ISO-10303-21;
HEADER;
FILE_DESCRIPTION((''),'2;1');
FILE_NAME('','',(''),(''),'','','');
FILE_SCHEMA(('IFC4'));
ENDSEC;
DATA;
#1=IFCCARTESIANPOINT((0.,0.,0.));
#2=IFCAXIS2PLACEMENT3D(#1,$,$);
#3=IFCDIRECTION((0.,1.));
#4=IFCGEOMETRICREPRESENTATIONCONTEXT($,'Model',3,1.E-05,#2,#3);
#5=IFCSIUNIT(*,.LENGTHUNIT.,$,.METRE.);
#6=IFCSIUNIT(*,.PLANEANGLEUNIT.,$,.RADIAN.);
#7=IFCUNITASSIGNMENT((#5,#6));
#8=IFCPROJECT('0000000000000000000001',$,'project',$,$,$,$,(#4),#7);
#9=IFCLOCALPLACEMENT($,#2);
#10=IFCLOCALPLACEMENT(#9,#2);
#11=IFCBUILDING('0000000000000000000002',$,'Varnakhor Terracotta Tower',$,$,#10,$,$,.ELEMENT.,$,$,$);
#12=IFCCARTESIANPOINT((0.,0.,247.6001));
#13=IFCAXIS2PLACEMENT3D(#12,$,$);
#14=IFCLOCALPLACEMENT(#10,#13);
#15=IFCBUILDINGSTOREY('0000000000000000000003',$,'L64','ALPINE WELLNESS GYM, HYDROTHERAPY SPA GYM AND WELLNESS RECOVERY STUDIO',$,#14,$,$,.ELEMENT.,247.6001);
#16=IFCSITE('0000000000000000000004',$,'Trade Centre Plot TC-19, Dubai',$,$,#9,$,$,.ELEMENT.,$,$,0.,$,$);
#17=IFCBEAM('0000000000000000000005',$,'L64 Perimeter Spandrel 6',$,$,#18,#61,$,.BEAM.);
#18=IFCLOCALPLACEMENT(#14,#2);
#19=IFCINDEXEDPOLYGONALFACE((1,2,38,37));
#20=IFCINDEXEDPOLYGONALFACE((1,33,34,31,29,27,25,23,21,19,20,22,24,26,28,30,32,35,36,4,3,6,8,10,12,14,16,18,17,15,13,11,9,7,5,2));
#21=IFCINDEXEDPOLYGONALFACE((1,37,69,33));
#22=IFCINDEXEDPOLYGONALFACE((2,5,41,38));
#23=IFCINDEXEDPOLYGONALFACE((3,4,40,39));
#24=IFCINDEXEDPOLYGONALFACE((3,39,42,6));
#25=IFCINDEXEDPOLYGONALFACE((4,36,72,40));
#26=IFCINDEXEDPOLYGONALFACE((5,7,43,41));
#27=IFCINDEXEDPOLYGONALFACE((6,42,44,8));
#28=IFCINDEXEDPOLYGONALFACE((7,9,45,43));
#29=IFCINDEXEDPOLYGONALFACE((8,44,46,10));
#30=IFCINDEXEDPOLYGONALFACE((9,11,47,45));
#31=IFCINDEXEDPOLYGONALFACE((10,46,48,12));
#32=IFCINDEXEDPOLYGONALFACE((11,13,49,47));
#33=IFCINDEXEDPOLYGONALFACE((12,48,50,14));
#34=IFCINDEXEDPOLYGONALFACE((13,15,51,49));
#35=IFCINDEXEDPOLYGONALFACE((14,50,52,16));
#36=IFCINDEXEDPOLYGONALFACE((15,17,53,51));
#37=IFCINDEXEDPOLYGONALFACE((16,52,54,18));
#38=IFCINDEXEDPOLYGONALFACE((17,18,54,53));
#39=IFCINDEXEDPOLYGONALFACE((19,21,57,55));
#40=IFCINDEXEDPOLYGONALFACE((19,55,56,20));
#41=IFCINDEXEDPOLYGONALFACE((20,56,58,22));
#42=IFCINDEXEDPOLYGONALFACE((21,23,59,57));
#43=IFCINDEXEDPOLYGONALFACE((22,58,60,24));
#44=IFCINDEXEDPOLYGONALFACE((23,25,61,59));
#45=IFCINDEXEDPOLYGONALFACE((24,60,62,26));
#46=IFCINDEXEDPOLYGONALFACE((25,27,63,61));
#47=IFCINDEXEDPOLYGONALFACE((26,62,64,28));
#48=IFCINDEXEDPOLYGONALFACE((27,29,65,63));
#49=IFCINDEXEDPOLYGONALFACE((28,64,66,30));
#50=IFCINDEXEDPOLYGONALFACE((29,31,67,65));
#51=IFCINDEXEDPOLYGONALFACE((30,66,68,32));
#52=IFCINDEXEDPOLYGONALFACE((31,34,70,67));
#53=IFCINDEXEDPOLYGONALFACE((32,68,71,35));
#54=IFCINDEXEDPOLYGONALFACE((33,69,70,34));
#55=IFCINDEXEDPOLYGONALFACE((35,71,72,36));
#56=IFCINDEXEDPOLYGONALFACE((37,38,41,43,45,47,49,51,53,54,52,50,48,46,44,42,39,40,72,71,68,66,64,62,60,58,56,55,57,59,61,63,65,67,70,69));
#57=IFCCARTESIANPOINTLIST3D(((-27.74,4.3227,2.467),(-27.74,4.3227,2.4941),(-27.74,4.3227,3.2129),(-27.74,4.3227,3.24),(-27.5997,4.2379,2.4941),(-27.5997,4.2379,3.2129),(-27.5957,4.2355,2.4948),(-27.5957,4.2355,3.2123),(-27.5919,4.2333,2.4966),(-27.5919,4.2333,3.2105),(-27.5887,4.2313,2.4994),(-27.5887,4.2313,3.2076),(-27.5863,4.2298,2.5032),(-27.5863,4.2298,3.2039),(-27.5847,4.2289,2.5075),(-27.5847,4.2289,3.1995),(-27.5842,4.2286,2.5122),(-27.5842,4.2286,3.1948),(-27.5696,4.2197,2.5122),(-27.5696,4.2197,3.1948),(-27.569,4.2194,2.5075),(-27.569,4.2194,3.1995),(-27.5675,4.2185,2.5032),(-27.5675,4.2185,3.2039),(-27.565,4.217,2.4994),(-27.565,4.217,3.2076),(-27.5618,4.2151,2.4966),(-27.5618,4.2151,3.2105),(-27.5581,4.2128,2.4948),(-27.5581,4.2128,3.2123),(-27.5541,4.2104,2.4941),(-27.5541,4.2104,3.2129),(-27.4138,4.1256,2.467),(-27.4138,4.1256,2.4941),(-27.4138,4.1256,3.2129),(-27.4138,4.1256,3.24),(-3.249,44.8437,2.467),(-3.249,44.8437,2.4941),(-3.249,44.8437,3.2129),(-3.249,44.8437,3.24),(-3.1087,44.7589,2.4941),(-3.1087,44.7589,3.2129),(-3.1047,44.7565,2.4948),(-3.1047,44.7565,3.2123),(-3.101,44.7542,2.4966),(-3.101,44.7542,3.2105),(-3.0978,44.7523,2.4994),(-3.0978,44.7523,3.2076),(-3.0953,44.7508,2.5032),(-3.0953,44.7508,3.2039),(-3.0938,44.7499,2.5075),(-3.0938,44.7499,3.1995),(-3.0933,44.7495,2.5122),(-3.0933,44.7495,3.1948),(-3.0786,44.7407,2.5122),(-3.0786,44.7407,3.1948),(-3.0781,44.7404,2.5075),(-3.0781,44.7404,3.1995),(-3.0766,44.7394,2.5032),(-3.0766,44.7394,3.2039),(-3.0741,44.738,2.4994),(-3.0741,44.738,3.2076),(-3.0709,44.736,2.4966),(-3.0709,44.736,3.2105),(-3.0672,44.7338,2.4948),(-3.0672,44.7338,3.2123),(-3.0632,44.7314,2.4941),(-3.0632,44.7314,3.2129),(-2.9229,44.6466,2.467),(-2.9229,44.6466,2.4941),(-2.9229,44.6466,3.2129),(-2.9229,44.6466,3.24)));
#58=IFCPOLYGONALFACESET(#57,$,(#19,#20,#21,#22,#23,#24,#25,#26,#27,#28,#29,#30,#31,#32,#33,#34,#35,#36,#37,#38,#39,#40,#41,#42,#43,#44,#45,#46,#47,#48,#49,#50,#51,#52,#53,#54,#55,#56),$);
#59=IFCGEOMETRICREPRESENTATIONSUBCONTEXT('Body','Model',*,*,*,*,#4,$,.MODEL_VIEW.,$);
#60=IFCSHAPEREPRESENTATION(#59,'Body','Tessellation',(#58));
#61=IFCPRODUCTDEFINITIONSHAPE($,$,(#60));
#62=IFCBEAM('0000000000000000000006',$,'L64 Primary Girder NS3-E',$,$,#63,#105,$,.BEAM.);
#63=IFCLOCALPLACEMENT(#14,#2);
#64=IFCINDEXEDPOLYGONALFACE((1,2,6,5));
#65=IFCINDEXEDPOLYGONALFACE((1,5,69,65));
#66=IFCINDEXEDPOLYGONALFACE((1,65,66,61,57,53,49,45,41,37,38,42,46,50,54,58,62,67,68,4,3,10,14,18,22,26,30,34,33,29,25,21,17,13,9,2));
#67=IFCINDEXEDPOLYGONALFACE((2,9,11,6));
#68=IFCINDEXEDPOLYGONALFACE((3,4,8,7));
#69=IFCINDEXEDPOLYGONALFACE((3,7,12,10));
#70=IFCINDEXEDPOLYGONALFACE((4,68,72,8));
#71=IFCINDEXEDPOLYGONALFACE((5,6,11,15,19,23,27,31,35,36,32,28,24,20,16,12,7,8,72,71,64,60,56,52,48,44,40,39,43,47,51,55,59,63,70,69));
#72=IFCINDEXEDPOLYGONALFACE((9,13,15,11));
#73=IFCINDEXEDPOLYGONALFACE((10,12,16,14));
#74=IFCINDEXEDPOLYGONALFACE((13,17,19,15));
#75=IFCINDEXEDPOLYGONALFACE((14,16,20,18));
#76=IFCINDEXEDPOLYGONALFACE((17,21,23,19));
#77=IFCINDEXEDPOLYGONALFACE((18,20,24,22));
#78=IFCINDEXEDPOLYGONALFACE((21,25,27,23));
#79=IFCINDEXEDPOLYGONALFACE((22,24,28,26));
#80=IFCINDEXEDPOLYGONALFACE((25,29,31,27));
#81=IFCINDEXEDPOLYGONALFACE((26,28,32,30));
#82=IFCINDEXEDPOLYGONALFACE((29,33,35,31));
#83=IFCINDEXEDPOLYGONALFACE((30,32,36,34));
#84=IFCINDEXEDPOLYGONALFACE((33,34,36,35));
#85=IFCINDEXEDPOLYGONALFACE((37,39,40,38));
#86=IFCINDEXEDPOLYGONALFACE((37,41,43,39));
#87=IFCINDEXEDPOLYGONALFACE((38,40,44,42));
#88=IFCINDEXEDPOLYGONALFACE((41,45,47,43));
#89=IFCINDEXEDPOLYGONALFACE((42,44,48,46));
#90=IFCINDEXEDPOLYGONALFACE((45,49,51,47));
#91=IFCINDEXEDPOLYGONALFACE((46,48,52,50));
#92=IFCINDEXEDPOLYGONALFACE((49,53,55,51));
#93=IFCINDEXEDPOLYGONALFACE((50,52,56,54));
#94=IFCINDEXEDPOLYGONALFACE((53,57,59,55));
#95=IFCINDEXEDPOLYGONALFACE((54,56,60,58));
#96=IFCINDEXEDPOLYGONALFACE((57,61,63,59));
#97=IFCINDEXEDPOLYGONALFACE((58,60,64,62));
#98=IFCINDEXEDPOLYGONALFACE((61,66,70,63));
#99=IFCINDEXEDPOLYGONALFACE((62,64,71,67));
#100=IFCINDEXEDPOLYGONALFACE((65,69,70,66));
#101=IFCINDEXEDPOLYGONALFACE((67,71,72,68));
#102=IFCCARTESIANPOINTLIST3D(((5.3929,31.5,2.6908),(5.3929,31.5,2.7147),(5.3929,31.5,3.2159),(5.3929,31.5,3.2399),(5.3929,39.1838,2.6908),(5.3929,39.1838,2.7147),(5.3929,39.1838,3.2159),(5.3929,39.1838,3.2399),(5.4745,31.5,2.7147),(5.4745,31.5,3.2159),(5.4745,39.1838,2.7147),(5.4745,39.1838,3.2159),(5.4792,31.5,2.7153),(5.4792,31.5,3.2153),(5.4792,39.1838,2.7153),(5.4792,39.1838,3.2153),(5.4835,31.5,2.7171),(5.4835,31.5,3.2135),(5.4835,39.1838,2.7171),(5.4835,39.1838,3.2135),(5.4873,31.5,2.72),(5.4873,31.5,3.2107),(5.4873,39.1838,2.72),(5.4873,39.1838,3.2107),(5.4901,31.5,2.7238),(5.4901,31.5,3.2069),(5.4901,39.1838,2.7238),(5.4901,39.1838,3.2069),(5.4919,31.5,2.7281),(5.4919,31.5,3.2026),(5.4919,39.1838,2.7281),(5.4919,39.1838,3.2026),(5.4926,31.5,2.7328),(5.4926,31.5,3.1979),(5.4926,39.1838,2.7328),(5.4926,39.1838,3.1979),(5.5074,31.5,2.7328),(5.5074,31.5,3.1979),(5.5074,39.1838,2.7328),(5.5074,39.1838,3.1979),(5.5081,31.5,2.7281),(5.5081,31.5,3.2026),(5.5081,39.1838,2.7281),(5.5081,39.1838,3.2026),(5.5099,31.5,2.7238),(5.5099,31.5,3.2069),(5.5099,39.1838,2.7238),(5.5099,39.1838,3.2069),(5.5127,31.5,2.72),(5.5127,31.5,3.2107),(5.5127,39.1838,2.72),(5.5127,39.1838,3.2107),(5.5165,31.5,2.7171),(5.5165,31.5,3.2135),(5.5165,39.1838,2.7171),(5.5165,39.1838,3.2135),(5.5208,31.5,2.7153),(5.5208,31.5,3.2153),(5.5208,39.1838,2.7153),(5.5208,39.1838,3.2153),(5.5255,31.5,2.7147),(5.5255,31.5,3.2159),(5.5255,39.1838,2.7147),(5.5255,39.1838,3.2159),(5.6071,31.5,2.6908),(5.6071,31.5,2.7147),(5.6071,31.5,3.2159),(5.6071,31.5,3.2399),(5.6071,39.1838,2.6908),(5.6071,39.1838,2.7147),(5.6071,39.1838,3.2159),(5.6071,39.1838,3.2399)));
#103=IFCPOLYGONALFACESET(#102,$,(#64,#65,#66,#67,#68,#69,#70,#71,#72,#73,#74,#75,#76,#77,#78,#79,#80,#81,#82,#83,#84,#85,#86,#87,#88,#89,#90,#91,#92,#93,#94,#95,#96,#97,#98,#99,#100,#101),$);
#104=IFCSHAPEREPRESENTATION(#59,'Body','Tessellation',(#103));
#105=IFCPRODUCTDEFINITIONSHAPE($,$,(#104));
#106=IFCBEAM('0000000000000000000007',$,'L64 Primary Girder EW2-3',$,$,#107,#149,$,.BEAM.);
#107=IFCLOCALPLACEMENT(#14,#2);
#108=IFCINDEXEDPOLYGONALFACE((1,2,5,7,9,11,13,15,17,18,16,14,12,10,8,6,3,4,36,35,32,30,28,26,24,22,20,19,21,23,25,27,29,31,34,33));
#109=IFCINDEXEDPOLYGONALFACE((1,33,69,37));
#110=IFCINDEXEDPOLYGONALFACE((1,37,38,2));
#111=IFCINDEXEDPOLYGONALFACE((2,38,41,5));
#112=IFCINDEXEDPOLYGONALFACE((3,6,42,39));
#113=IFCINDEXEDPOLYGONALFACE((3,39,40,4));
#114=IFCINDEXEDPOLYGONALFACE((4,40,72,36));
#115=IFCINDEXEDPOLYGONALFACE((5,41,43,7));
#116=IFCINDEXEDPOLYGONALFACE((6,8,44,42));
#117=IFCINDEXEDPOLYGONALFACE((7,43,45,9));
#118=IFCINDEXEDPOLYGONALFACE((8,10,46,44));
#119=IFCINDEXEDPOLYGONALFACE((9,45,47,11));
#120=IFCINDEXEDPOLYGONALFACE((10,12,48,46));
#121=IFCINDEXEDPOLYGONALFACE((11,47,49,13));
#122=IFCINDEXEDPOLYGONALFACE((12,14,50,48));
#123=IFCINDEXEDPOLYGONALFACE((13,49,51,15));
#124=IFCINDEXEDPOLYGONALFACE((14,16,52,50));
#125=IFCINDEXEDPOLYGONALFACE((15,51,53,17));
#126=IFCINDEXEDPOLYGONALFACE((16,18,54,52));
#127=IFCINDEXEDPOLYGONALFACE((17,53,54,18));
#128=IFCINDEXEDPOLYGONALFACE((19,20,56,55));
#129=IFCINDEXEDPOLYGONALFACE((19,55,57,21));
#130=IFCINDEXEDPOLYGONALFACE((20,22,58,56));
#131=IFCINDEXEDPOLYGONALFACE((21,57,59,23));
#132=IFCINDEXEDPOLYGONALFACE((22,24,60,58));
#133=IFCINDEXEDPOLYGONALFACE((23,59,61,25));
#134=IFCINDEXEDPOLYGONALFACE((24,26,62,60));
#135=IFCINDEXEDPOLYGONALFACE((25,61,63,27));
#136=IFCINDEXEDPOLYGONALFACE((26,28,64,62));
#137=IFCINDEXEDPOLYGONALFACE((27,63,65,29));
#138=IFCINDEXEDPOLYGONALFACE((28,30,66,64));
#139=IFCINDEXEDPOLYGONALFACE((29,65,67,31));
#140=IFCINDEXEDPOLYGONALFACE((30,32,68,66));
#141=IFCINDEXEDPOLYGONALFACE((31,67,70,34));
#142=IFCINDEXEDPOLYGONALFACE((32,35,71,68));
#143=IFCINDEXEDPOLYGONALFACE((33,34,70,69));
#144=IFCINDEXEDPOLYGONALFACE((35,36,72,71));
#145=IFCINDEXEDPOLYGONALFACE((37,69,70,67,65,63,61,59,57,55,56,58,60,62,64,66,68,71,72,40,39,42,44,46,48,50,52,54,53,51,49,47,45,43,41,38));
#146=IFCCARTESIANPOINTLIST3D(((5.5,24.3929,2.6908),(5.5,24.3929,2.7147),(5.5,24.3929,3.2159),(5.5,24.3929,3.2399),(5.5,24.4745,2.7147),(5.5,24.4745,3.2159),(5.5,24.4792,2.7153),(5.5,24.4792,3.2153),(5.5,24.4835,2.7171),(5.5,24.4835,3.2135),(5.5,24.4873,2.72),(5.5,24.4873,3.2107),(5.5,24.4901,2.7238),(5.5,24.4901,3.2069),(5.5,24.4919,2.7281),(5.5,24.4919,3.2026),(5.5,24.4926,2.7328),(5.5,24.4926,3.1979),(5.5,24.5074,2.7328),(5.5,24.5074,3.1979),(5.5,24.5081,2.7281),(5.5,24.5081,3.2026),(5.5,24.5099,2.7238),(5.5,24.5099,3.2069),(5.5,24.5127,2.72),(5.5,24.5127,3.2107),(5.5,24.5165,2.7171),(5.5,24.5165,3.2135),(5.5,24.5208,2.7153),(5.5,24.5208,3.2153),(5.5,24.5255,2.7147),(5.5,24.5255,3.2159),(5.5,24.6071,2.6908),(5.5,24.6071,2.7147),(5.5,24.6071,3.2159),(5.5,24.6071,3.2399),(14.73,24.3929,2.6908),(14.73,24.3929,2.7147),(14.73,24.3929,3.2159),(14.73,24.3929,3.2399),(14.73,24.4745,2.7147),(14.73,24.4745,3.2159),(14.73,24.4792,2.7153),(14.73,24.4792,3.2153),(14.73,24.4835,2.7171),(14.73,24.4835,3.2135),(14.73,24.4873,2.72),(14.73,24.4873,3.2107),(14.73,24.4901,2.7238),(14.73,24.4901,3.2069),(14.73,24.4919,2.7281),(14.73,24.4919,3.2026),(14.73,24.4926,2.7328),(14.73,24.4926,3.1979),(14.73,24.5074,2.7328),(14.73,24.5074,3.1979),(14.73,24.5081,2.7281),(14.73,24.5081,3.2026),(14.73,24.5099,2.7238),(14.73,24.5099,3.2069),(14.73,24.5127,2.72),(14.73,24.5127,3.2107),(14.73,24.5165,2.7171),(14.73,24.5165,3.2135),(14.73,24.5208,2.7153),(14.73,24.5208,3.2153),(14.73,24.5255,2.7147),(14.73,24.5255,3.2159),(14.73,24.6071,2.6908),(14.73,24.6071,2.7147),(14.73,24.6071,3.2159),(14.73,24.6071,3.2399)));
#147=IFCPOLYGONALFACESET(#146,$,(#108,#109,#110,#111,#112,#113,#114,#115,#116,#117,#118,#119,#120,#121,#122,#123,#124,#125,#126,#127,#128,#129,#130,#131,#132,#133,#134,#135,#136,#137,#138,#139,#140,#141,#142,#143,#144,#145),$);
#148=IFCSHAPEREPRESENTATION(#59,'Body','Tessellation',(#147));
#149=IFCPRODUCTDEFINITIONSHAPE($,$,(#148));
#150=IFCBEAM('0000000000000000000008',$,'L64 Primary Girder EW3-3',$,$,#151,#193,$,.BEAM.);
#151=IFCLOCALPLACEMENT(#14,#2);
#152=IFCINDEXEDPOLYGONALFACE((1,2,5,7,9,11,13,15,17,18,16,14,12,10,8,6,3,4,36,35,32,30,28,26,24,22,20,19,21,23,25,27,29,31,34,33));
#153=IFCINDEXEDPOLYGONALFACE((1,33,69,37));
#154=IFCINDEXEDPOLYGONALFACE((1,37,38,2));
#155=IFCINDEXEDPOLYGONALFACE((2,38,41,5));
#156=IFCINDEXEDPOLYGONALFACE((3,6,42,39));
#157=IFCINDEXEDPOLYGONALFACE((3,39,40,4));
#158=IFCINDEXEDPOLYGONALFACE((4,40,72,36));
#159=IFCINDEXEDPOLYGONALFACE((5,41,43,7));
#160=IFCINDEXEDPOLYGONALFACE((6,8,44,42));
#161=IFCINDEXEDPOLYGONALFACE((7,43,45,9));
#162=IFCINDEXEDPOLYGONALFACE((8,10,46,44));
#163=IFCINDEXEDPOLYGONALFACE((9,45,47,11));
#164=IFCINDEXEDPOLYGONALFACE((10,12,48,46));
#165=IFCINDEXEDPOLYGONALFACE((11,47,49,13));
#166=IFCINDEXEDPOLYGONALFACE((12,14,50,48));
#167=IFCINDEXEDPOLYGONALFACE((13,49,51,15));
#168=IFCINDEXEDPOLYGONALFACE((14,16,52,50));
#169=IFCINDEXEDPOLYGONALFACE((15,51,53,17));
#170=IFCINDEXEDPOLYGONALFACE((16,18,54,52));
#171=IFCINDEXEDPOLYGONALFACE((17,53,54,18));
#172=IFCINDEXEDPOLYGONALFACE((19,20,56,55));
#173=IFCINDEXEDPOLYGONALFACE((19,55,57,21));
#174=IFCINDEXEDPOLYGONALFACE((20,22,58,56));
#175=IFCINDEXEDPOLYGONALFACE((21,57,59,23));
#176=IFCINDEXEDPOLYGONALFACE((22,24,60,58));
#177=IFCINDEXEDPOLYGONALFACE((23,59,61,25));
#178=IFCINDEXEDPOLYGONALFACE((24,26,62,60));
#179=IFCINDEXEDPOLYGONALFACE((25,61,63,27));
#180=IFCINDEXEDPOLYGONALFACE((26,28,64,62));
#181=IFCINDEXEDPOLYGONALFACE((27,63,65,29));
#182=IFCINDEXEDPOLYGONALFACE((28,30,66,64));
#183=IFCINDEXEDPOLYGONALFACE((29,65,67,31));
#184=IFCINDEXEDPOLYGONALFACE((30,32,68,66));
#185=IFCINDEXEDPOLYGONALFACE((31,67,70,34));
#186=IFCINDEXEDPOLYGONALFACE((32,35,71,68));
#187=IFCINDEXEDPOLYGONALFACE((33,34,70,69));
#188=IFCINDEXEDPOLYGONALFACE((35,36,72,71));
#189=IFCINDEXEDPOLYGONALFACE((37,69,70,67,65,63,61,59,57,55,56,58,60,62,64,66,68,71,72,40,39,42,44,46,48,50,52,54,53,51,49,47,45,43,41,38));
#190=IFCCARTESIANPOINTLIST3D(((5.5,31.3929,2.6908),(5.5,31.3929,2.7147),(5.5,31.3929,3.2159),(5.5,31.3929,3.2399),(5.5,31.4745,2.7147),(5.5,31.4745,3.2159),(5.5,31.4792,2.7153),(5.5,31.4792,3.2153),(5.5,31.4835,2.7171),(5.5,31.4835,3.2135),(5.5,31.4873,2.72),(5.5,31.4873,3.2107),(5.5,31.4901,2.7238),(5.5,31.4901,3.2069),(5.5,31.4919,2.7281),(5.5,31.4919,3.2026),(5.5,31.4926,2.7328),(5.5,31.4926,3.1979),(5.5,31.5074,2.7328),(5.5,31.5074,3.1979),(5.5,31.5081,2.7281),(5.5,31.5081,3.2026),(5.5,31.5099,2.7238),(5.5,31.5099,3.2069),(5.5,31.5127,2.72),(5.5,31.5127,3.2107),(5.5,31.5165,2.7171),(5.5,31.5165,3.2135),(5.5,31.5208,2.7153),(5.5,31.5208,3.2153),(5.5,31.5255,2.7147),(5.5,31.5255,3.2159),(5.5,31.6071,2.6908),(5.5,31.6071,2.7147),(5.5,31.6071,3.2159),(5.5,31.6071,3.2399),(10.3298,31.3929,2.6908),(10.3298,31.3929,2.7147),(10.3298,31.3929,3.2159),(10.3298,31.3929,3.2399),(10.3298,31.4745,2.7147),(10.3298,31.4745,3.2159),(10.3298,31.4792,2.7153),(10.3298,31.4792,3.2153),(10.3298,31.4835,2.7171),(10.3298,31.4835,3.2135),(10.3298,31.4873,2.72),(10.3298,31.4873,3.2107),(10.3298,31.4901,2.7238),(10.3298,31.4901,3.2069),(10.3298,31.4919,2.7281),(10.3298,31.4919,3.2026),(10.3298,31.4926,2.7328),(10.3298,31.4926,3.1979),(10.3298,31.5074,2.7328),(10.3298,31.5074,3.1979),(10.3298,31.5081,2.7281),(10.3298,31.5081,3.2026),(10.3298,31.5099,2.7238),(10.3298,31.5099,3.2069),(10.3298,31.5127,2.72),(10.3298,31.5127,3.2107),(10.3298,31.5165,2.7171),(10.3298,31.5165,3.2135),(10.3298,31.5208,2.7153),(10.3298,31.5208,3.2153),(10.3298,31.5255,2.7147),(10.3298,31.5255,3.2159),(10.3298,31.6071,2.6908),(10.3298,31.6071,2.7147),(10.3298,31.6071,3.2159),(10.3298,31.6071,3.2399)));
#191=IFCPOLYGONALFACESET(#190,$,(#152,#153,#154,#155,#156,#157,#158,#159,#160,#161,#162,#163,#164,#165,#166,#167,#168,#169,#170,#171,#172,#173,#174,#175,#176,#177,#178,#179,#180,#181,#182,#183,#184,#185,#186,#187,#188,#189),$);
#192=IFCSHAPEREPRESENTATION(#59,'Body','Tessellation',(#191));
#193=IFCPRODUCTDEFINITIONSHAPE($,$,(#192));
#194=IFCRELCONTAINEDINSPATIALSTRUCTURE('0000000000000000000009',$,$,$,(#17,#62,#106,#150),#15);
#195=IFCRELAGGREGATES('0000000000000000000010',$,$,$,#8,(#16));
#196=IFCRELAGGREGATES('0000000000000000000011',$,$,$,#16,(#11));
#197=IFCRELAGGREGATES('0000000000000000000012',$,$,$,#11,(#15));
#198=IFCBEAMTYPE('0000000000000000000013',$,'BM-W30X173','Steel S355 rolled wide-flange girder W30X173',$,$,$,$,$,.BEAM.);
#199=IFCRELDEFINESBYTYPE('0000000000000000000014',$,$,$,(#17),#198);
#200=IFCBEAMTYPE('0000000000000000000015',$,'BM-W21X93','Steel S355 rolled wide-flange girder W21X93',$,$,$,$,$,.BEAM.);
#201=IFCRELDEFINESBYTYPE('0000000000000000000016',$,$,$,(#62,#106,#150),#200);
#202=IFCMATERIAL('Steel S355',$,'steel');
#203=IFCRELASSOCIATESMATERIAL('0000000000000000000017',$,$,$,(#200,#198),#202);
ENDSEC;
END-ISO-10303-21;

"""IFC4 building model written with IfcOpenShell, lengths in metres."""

from ifc_helpers import new_model, si_unit, direction, frame, origin, origin_2d, place, context, subcontext, project, spatial, i_section, extrude, source, transform, mapped, material, material_profile, profile_set, type_object, element, save


model = new_model("IFC4")

# Units and contexts
model_context = context("Model", 3, precision=1e-05, world=origin(), true_north=direction((0.0, 1.0)))
body_context = subcontext(model_context, "Body", "Model", "MODEL_VIEW")
ifc_project = project(units=[si_unit("LENGTHUNIT", "METRE"), si_unit("PLANEANGLEUNIT", "RADIAN")], contexts=[model_context])

# Site, building, storey
site_placement = place(None, origin())
site = spatial("IfcSite", under=ifc_project, at=site_placement, Name="Trade Centre Plot TC-19, Dubai", CompositionType="ELEMENT", RefElevation=0.0)
building_placement = place(site_placement, origin())
building = spatial("IfcBuilding", under=site, at=building_placement, Name="Varnakhor Terracotta Tower", CompositionType="ELEMENT")
storey_placement = place(building_placement, frame((0.0, 0.0, 247.6001)))
storey = spatial("IfcBuildingStorey", under=building, at=storey_placement, Name="L64", Description="ALPINE WELLNESS GYM, HYDROTHERAPY SPA GYM AND WELLNESS RECOVERY STUDIO", CompositionType="ELEMENT", Elevation=247.6001)

# Beams
ifc_material_1 = material(Name="Steel S355", Category="steel")
ifc_material_profile_1 = material_profile(ifc_material_1, i_section(OverallWidth=0.2141, OverallDepth=0.5491, WebThickness=0.0149, FlangeThickness=0.0239, FilletRadius=0.0181, at=origin_2d()), Name="W21X93")
ifc_profile_set_1 = profile_set([ifc_material_profile_1], Name="Steel S355")
beam_type_1 = type_object("IfcBeamType", Name="BM-W21X93", Description="Steel S355 rolled wide-flange girder W21X93", PredefinedType="BEAM", material=ifc_profile_set_1)
ifc_material_profile_2 = material_profile(ifc_material_1, i_section(OverallWidth=0.3811, OverallDepth=0.7729, WebThickness=0.0171, FlangeThickness=0.0271, FilletRadius=0.0181, at=origin_2d()), Name="W30X173")
ifc_profile_set_2 = profile_set([ifc_material_profile_2], Name="Steel S355")
beam_type_2 = type_object("IfcBeamType", Name="BM-W30X173", Description="Steel S355 rolled wide-flange girder W30X173", PredefinedType="BEAM", material=ifc_profile_set_2)
shared_shape_1 = source(origin(), body_context, "Body", "SweptSolid", [
    extrude(i_section(OverallWidth=0.3811, OverallDepth=0.7729, WebThickness=0.0171, FlangeThickness=0.0271, FilletRadius=0.0181, at=origin_2d()), origin(), (0.0, 0.0, 1.0), 47.3472),
])
beam_1_placement = place(storey_placement, frame((-3.0859, 44.7451, 2.8535), z_axis=(-0.517263, -0.855826, 0.0), x_axis=(0.855826, -0.517263, 0.0)))
element("IfcBeam", 1, at=beam_1_placement, inside=storey, type_object=beam_type_2, Name="L64 Perimeter Spandrel 6", PredefinedType="BEAM", context=body_context, shape_type="MappedRepresentation", body=[
    mapped(shared_shape_1, transform((0.0, 0.0, 0.0), scale=1.0)),
])
shared_shape_2 = source(origin(), body_context, "Body", "SweptSolid", [
    extrude(i_section(OverallWidth=0.2141, OverallDepth=0.5491, WebThickness=0.0149, FlangeThickness=0.0239, FilletRadius=0.0181, at=origin_2d()), origin(), (0.0, 0.0, 1.0), 7.6838),
])
beam_2_placement = place(storey_placement, frame((5.5, 31.5, 2.9653), z_axis=(0.0, 1.0, 0.0), x_axis=(-1.0, 0.0, 0.0)))
element("IfcBeam", 2, at=beam_2_placement, inside=storey, type_object=beam_type_1, Name="L64 Primary Girder NS3-E", PredefinedType="BEAM", context=body_context, shape_type="MappedRepresentation", body=[
    mapped(shared_shape_2, transform((0.0, 0.0, 0.0), scale=1.0)),
])
shared_shape_3 = source(origin(), body_context, "Body", "SweptSolid", [
    extrude(i_section(OverallWidth=0.2141, OverallDepth=0.5491, WebThickness=0.0149, FlangeThickness=0.0239, FilletRadius=0.0181, at=origin_2d()), origin(), (0.0, 0.0, 1.0), 9.23),
])
beam_3_placement = place(storey_placement, frame((5.5, 24.5, 2.9653), z_axis=(1.0, 0.0, 0.0), x_axis=(0.0, 1.0, 0.0)))
element("IfcBeam", 3, at=beam_3_placement, inside=storey, type_object=beam_type_1, Name="L64 Primary Girder EW2-3", PredefinedType="BEAM", context=body_context, shape_type="MappedRepresentation", body=[
    mapped(shared_shape_3, transform((0.0, 0.0, 0.0), scale=1.0)),
])
shared_shape_4 = source(origin(), body_context, "Body", "SweptSolid", [
    extrude(i_section(OverallWidth=0.2141, OverallDepth=0.5491, WebThickness=0.0149, FlangeThickness=0.0239, FilletRadius=0.0181, at=origin_2d()), origin(), (0.0, 0.0, 1.0), 4.8298),
])
beam_4_placement = place(storey_placement, frame((5.5, 31.5, 2.9653), z_axis=(1.0, 0.0, 0.0), x_axis=(0.0, 1.0, 0.0)))
element("IfcBeam", 4, at=beam_4_placement, inside=storey, type_object=beam_type_1, Name="L64 Primary Girder EW3-3", PredefinedType="BEAM", context=body_context, shape_type="MappedRepresentation", body=[
    mapped(shared_shape_4, transform((0.0, 0.0, 0.0), scale=1.0)),
])

save(model, "model.ifc")
